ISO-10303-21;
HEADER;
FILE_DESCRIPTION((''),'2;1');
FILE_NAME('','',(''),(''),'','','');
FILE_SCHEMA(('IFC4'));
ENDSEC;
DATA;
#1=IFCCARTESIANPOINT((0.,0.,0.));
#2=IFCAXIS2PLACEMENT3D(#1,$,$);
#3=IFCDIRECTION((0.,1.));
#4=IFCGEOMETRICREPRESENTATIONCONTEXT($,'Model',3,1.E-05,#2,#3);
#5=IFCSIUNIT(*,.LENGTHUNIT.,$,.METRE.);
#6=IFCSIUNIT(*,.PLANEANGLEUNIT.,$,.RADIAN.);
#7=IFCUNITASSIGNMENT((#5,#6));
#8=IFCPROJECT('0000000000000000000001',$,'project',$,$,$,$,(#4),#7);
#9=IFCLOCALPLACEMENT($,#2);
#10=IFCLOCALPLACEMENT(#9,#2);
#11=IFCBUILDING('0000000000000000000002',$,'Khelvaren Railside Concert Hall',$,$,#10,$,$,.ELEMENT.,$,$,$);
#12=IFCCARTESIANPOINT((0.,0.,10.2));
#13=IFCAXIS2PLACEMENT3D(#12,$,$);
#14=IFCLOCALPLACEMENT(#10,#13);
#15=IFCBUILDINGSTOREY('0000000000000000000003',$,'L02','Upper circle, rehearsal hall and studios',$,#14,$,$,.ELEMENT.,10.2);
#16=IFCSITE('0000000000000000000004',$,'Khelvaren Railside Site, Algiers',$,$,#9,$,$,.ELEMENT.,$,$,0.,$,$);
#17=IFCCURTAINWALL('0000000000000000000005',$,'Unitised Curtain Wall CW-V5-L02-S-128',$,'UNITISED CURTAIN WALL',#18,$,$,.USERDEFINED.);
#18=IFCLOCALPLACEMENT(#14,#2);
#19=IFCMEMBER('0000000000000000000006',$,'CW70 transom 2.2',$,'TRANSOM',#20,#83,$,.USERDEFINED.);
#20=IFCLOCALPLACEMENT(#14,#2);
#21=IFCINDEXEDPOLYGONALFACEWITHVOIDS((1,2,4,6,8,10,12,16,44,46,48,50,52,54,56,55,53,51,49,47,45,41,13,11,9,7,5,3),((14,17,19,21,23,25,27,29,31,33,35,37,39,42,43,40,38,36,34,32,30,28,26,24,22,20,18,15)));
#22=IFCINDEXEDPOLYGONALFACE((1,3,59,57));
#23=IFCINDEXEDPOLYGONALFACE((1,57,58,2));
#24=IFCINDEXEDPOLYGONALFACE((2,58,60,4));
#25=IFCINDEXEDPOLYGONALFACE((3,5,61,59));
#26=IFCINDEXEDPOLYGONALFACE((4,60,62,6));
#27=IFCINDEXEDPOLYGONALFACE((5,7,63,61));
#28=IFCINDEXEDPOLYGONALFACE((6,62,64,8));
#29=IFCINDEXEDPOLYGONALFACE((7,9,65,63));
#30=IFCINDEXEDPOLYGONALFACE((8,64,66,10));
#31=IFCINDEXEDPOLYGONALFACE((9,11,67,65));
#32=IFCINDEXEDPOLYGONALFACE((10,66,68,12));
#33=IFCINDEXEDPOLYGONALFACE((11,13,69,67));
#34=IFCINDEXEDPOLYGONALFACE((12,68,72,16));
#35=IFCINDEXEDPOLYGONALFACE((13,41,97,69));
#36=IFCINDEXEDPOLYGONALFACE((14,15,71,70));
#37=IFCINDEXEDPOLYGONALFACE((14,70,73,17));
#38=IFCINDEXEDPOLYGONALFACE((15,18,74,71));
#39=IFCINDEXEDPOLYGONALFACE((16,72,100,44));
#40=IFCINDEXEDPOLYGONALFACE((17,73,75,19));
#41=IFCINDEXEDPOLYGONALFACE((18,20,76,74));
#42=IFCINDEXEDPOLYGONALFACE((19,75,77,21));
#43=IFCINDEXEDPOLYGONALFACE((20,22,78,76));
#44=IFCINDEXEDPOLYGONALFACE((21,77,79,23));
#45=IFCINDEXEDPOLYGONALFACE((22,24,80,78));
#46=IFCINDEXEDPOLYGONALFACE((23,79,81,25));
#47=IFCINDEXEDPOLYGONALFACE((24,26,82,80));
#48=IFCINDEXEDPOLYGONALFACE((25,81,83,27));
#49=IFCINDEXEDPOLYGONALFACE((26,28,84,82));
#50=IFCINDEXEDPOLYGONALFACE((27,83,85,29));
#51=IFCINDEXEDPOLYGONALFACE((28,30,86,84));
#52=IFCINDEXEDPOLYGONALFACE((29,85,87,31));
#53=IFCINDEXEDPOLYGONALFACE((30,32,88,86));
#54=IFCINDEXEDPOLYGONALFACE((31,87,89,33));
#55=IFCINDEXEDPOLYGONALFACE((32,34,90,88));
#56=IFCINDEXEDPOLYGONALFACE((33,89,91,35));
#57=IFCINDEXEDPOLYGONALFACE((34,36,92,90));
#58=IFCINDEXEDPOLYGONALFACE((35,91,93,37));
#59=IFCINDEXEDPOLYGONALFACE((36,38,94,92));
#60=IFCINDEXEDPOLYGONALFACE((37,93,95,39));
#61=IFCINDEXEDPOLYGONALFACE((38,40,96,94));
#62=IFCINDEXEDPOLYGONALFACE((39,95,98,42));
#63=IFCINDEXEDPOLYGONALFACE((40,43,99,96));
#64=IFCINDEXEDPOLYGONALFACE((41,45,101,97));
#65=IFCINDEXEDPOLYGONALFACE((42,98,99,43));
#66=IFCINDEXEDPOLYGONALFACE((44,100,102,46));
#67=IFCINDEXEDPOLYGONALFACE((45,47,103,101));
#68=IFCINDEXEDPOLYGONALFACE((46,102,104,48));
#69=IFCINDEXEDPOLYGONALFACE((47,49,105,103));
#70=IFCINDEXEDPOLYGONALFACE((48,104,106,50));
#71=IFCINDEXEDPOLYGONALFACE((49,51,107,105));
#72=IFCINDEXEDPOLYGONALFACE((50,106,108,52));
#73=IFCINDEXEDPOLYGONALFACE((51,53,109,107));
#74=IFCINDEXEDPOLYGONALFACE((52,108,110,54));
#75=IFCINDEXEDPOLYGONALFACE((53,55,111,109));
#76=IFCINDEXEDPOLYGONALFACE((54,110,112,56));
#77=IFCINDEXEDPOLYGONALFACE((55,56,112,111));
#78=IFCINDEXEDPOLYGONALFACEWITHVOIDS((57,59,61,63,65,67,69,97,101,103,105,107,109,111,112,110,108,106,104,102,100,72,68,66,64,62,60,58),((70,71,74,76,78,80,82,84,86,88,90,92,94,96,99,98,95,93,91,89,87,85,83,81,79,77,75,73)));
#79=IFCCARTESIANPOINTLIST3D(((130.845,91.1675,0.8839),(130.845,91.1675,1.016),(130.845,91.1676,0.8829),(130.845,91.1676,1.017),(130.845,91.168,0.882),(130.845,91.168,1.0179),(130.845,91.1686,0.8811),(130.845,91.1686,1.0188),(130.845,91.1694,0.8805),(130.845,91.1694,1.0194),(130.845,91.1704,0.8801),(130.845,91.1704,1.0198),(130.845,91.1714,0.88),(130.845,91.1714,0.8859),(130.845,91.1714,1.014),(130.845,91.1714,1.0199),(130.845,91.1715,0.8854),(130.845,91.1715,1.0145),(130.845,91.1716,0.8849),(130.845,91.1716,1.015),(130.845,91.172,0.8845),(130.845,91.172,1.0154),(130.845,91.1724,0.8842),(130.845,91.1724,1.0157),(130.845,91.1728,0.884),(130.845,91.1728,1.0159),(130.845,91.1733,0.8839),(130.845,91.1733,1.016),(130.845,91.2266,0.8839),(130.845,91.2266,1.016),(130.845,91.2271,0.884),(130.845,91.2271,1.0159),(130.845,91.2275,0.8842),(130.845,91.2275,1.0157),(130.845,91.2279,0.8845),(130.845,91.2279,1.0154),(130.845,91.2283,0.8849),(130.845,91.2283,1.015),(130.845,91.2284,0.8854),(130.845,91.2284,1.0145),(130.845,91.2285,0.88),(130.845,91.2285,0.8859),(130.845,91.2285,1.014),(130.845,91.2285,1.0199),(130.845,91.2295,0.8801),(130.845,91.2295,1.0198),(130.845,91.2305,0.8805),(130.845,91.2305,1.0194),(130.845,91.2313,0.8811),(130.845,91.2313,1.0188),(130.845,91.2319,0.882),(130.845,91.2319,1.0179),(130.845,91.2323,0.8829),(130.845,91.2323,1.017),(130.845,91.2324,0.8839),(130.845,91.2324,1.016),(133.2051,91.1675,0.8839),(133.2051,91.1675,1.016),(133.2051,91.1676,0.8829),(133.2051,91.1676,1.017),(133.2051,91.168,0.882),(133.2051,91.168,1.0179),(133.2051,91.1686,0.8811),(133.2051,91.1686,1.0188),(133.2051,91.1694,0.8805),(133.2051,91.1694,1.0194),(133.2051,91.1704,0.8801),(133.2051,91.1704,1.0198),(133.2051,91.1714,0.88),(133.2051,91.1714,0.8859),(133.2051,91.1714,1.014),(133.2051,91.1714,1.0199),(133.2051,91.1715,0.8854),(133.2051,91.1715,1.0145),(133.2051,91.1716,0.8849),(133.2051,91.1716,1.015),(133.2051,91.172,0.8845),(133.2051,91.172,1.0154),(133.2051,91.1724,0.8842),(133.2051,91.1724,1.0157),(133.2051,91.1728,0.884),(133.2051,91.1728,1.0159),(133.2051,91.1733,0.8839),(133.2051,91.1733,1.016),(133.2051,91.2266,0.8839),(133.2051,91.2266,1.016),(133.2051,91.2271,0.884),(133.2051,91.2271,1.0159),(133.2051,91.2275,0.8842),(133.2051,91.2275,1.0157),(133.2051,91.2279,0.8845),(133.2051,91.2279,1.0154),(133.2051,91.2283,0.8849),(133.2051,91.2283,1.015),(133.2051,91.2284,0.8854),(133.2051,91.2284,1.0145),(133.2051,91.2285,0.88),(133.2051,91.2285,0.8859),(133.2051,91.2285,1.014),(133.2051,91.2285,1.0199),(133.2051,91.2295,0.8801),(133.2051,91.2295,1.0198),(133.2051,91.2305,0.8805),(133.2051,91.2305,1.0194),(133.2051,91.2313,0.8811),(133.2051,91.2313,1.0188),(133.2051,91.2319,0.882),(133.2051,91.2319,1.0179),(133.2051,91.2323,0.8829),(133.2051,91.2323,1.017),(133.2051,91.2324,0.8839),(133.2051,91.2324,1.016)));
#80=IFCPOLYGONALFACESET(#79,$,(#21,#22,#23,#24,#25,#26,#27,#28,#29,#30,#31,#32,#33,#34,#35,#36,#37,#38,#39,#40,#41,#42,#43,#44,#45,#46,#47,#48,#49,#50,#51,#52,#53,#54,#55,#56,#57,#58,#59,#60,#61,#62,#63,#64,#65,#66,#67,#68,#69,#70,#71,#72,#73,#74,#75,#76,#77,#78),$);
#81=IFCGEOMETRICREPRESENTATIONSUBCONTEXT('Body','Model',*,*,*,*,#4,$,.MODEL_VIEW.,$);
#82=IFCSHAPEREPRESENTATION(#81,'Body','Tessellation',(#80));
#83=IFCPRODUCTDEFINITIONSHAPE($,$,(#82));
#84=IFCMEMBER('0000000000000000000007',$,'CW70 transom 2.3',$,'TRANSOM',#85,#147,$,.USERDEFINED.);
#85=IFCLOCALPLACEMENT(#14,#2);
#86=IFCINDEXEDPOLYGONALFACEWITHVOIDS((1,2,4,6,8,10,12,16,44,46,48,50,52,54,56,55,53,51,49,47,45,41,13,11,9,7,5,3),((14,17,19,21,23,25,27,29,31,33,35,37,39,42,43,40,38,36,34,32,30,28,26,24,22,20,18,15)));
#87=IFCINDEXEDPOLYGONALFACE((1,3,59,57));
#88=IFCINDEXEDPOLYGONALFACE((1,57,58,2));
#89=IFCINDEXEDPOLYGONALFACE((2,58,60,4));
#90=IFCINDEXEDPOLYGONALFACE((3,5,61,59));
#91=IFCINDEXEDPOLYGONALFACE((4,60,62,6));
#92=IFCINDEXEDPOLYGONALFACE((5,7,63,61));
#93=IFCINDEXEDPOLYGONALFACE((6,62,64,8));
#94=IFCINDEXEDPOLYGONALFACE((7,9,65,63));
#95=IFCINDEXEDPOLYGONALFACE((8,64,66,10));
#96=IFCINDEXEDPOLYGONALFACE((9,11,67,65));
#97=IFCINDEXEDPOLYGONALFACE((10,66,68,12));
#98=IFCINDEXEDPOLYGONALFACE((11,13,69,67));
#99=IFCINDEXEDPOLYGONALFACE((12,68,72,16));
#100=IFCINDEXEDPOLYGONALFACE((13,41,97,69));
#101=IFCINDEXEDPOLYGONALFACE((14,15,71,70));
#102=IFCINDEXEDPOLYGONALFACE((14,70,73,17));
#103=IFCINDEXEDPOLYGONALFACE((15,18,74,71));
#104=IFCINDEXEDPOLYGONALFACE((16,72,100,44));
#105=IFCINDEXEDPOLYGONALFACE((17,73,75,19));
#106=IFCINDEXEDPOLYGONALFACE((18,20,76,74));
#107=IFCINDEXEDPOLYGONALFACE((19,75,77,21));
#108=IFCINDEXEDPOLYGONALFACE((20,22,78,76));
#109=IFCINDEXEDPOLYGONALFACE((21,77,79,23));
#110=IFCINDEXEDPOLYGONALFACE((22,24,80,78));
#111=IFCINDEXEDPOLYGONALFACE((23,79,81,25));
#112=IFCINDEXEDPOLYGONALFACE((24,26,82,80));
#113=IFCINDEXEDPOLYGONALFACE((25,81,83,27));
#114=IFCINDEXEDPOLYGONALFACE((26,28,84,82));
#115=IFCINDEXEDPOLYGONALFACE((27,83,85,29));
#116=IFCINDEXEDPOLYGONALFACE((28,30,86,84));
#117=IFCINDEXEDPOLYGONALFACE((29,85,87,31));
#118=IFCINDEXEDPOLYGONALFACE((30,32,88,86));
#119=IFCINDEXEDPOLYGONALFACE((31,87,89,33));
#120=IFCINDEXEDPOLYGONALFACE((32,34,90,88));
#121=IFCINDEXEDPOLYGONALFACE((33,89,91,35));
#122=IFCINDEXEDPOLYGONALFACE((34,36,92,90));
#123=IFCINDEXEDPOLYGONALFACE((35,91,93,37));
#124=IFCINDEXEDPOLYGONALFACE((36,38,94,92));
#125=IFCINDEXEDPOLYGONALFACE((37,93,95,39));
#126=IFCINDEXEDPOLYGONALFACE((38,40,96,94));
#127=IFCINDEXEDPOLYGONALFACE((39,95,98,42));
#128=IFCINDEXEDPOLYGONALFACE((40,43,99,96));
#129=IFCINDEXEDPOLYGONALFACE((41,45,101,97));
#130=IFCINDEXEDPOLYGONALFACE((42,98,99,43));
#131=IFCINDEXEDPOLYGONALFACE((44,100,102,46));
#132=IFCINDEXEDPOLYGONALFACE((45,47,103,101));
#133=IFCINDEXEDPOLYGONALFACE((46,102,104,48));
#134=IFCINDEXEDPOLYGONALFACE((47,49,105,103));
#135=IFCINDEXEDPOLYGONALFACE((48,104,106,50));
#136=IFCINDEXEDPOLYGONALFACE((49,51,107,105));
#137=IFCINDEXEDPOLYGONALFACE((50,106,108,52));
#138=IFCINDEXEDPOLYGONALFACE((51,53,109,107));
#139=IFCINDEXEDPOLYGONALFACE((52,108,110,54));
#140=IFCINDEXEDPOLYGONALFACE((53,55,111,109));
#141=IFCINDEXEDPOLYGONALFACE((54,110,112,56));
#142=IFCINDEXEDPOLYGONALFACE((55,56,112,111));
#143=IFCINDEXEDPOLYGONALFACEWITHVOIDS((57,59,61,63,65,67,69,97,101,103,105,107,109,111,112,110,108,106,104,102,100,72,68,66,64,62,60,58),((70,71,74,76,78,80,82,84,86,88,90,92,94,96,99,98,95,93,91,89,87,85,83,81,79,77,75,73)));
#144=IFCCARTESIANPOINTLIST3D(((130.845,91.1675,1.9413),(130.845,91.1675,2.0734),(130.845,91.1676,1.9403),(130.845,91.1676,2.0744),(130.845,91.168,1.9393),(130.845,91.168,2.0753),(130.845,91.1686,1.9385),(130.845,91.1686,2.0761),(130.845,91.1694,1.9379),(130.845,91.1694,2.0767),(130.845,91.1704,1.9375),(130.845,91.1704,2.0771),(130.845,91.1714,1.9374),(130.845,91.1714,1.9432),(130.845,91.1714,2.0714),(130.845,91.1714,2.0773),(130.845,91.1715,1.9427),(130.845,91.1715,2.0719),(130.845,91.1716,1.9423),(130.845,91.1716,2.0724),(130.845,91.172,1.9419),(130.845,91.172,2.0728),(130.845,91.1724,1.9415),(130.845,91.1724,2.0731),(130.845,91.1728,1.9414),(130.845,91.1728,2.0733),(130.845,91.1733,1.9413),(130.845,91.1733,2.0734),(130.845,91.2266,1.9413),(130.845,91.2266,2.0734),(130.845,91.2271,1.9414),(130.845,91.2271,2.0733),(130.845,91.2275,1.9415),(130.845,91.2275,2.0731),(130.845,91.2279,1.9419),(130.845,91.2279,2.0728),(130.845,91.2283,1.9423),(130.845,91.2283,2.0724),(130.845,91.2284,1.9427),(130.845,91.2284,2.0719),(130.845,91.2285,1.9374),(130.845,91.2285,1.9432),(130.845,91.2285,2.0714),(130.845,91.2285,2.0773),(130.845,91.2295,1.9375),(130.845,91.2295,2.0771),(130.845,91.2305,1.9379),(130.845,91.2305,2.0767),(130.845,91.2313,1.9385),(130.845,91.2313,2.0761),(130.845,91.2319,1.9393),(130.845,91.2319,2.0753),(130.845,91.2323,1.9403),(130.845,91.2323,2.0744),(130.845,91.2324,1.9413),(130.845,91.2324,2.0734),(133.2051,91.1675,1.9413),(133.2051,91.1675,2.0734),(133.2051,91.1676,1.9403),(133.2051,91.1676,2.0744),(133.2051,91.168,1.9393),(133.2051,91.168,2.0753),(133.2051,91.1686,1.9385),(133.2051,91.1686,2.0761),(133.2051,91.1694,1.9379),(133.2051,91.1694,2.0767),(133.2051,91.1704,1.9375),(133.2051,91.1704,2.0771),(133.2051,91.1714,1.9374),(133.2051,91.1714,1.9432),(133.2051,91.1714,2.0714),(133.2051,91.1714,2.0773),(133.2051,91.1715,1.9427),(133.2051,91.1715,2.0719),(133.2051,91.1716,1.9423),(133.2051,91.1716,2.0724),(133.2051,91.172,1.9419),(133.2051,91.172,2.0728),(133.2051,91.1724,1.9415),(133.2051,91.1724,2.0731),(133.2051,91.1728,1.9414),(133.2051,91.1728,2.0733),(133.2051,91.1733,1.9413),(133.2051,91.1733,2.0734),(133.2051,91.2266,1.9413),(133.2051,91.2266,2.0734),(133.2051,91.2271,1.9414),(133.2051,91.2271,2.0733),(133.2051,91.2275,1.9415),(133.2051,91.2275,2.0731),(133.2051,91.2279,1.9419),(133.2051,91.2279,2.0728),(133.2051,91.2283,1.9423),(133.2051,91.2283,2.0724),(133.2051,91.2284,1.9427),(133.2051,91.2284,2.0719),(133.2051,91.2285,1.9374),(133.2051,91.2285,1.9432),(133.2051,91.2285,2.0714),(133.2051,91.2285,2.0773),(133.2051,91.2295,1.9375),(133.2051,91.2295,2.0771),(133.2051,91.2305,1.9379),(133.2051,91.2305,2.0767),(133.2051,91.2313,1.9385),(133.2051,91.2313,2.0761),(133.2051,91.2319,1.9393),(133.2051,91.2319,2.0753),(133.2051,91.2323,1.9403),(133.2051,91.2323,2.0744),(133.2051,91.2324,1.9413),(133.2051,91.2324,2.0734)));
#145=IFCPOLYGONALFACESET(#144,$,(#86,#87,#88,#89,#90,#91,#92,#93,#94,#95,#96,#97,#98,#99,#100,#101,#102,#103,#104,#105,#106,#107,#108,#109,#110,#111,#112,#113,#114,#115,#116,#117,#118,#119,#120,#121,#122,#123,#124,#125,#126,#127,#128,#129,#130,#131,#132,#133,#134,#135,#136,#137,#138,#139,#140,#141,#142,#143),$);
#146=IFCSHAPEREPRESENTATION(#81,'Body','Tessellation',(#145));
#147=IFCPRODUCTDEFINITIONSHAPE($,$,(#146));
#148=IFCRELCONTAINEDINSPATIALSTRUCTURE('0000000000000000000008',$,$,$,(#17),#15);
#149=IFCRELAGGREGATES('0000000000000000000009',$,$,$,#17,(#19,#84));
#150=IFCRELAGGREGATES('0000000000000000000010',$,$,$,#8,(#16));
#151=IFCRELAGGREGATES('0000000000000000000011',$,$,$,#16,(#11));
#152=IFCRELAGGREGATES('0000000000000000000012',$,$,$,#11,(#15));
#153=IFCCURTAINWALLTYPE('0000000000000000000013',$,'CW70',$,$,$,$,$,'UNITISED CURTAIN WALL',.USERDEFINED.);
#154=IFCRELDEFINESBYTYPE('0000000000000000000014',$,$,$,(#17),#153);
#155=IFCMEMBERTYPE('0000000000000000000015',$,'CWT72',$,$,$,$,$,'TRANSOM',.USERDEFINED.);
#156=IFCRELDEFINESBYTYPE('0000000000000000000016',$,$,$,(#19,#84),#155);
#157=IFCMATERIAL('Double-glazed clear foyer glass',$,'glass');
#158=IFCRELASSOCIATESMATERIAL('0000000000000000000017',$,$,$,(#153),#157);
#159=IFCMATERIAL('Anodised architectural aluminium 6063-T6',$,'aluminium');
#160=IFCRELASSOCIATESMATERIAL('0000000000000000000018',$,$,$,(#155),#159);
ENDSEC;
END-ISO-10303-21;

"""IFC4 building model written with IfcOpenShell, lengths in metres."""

from ifc_helpers import new_model, si_unit, direction, frame, origin, origin_2d, place, context, subcontext, project, spatial, hollow_rectangle, extrude, material, material_profile, profile_set, type_object, element, aggregate, save


model = new_model("IFC4")

# Units and contexts
model_context = context("Model", 3, precision=1e-05, world=origin(), true_north=direction((0.0, 1.0)))
body_context = subcontext(model_context, "Body", "Model", "MODEL_VIEW")
ifc_project = project(units=[si_unit("LENGTHUNIT", "METRE"), si_unit("PLANEANGLEUNIT", "RADIAN")], contexts=[model_context])

# Site, building, storey
site_placement = place(None, origin())
site = spatial("IfcSite", under=ifc_project, at=site_placement, Name="Khelvaren Railside Site, Algiers", CompositionType="ELEMENT", RefElevation=0.0)
building_placement = place(site_placement, origin())
building = spatial("IfcBuilding", under=site, at=building_placement, Name="Khelvaren Railside Concert Hall", CompositionType="ELEMENT")
storey_placement = place(building_placement, frame((0.0, 0.0, 10.2)))
storey = spatial("IfcBuildingStorey", under=building, at=storey_placement, Name="L02", Description="Upper circle, rehearsal hall and studios", CompositionType="ELEMENT", Elevation=10.2)

# Curtain wall, members
ifc_material_1 = material(Name="Double-glazed clear foyer glass", Category="glass")
curtain_wall_type = type_object("IfcCurtainWallType", Name="CW70", ElementType="UNITISED CURTAIN WALL", PredefinedType="USERDEFINED", material=ifc_material_1)
curtain_wall_placement = place(storey_placement, origin())
curtain_wall = element("IfcCurtainWall", 1, at=curtain_wall_placement, inside=storey, type_object=curtain_wall_type, Name="Unitised Curtain Wall CW-V5-L02-S-128", ObjectType="UNITISED CURTAIN WALL", PredefinedType="USERDEFINED")
ifc_material_2 = material(Name="Anodised architectural aluminium 6063-T6", Category="aluminium")
ifc_material_profile_1 = material_profile(ifc_material_2, hollow_rectangle(XDim=0.0649, YDim=0.1399, WallThickness=0.0039, InnerFilletRadius=0.002, OuterFilletRadius=0.0039, at=origin_2d()), Name="CWT 65x140x4")
ifc_profile_set_1 = profile_set([ifc_material_profile_1], Name="Anodised architectural aluminium 6063-T6")
member_type_1 = type_object("IfcMemberType", Name="CWT72", ElementType="TRANSOM", PredefinedType="USERDEFINED", material=ifc_profile_set_1)
member_1_placement = place(storey_placement, frame((133.2051, 91.2, 0.95), z_axis=(-1.0, 0.0, 0.0), x_axis=(0.0, -1.0, 0.0)))
member_1 = element("IfcMember", 2, at=member_1_placement, type_object=member_type_1, Name="CW70 transom 2.2", ObjectType="TRANSOM", PredefinedType="USERDEFINED", context=body_context, shape_type="SweptSolid", body=[
    extrude(hollow_rectangle(XDim=0.0649, YDim=0.1399, WallThickness=0.0039, InnerFilletRadius=0.002, OuterFilletRadius=0.0039, at=origin_2d()), origin(), (0.0, 0.0, 1.0), 2.3601),
])
member_2_placement = place(storey_placement, frame((133.2051, 91.2, 2.0073), z_axis=(-1.0, 0.0, 0.0), x_axis=(0.0, -1.0, 0.0)))
member_2 = element("IfcMember", 3, at=member_2_placement, type_object=member_type_1, Name="CW70 transom 2.3", ObjectType="TRANSOM", PredefinedType="USERDEFINED", context=body_context, shape_type="SweptSolid", body=[
    extrude(hollow_rectangle(XDim=0.0649, YDim=0.1399, WallThickness=0.0039, InnerFilletRadius=0.002, OuterFilletRadius=0.0039, at=origin_2d()), origin(), (0.0, 0.0, 1.0), 2.3601),
])

aggregate(curtain_wall, [member_1, member_2])

save(model, "model.ifc")
